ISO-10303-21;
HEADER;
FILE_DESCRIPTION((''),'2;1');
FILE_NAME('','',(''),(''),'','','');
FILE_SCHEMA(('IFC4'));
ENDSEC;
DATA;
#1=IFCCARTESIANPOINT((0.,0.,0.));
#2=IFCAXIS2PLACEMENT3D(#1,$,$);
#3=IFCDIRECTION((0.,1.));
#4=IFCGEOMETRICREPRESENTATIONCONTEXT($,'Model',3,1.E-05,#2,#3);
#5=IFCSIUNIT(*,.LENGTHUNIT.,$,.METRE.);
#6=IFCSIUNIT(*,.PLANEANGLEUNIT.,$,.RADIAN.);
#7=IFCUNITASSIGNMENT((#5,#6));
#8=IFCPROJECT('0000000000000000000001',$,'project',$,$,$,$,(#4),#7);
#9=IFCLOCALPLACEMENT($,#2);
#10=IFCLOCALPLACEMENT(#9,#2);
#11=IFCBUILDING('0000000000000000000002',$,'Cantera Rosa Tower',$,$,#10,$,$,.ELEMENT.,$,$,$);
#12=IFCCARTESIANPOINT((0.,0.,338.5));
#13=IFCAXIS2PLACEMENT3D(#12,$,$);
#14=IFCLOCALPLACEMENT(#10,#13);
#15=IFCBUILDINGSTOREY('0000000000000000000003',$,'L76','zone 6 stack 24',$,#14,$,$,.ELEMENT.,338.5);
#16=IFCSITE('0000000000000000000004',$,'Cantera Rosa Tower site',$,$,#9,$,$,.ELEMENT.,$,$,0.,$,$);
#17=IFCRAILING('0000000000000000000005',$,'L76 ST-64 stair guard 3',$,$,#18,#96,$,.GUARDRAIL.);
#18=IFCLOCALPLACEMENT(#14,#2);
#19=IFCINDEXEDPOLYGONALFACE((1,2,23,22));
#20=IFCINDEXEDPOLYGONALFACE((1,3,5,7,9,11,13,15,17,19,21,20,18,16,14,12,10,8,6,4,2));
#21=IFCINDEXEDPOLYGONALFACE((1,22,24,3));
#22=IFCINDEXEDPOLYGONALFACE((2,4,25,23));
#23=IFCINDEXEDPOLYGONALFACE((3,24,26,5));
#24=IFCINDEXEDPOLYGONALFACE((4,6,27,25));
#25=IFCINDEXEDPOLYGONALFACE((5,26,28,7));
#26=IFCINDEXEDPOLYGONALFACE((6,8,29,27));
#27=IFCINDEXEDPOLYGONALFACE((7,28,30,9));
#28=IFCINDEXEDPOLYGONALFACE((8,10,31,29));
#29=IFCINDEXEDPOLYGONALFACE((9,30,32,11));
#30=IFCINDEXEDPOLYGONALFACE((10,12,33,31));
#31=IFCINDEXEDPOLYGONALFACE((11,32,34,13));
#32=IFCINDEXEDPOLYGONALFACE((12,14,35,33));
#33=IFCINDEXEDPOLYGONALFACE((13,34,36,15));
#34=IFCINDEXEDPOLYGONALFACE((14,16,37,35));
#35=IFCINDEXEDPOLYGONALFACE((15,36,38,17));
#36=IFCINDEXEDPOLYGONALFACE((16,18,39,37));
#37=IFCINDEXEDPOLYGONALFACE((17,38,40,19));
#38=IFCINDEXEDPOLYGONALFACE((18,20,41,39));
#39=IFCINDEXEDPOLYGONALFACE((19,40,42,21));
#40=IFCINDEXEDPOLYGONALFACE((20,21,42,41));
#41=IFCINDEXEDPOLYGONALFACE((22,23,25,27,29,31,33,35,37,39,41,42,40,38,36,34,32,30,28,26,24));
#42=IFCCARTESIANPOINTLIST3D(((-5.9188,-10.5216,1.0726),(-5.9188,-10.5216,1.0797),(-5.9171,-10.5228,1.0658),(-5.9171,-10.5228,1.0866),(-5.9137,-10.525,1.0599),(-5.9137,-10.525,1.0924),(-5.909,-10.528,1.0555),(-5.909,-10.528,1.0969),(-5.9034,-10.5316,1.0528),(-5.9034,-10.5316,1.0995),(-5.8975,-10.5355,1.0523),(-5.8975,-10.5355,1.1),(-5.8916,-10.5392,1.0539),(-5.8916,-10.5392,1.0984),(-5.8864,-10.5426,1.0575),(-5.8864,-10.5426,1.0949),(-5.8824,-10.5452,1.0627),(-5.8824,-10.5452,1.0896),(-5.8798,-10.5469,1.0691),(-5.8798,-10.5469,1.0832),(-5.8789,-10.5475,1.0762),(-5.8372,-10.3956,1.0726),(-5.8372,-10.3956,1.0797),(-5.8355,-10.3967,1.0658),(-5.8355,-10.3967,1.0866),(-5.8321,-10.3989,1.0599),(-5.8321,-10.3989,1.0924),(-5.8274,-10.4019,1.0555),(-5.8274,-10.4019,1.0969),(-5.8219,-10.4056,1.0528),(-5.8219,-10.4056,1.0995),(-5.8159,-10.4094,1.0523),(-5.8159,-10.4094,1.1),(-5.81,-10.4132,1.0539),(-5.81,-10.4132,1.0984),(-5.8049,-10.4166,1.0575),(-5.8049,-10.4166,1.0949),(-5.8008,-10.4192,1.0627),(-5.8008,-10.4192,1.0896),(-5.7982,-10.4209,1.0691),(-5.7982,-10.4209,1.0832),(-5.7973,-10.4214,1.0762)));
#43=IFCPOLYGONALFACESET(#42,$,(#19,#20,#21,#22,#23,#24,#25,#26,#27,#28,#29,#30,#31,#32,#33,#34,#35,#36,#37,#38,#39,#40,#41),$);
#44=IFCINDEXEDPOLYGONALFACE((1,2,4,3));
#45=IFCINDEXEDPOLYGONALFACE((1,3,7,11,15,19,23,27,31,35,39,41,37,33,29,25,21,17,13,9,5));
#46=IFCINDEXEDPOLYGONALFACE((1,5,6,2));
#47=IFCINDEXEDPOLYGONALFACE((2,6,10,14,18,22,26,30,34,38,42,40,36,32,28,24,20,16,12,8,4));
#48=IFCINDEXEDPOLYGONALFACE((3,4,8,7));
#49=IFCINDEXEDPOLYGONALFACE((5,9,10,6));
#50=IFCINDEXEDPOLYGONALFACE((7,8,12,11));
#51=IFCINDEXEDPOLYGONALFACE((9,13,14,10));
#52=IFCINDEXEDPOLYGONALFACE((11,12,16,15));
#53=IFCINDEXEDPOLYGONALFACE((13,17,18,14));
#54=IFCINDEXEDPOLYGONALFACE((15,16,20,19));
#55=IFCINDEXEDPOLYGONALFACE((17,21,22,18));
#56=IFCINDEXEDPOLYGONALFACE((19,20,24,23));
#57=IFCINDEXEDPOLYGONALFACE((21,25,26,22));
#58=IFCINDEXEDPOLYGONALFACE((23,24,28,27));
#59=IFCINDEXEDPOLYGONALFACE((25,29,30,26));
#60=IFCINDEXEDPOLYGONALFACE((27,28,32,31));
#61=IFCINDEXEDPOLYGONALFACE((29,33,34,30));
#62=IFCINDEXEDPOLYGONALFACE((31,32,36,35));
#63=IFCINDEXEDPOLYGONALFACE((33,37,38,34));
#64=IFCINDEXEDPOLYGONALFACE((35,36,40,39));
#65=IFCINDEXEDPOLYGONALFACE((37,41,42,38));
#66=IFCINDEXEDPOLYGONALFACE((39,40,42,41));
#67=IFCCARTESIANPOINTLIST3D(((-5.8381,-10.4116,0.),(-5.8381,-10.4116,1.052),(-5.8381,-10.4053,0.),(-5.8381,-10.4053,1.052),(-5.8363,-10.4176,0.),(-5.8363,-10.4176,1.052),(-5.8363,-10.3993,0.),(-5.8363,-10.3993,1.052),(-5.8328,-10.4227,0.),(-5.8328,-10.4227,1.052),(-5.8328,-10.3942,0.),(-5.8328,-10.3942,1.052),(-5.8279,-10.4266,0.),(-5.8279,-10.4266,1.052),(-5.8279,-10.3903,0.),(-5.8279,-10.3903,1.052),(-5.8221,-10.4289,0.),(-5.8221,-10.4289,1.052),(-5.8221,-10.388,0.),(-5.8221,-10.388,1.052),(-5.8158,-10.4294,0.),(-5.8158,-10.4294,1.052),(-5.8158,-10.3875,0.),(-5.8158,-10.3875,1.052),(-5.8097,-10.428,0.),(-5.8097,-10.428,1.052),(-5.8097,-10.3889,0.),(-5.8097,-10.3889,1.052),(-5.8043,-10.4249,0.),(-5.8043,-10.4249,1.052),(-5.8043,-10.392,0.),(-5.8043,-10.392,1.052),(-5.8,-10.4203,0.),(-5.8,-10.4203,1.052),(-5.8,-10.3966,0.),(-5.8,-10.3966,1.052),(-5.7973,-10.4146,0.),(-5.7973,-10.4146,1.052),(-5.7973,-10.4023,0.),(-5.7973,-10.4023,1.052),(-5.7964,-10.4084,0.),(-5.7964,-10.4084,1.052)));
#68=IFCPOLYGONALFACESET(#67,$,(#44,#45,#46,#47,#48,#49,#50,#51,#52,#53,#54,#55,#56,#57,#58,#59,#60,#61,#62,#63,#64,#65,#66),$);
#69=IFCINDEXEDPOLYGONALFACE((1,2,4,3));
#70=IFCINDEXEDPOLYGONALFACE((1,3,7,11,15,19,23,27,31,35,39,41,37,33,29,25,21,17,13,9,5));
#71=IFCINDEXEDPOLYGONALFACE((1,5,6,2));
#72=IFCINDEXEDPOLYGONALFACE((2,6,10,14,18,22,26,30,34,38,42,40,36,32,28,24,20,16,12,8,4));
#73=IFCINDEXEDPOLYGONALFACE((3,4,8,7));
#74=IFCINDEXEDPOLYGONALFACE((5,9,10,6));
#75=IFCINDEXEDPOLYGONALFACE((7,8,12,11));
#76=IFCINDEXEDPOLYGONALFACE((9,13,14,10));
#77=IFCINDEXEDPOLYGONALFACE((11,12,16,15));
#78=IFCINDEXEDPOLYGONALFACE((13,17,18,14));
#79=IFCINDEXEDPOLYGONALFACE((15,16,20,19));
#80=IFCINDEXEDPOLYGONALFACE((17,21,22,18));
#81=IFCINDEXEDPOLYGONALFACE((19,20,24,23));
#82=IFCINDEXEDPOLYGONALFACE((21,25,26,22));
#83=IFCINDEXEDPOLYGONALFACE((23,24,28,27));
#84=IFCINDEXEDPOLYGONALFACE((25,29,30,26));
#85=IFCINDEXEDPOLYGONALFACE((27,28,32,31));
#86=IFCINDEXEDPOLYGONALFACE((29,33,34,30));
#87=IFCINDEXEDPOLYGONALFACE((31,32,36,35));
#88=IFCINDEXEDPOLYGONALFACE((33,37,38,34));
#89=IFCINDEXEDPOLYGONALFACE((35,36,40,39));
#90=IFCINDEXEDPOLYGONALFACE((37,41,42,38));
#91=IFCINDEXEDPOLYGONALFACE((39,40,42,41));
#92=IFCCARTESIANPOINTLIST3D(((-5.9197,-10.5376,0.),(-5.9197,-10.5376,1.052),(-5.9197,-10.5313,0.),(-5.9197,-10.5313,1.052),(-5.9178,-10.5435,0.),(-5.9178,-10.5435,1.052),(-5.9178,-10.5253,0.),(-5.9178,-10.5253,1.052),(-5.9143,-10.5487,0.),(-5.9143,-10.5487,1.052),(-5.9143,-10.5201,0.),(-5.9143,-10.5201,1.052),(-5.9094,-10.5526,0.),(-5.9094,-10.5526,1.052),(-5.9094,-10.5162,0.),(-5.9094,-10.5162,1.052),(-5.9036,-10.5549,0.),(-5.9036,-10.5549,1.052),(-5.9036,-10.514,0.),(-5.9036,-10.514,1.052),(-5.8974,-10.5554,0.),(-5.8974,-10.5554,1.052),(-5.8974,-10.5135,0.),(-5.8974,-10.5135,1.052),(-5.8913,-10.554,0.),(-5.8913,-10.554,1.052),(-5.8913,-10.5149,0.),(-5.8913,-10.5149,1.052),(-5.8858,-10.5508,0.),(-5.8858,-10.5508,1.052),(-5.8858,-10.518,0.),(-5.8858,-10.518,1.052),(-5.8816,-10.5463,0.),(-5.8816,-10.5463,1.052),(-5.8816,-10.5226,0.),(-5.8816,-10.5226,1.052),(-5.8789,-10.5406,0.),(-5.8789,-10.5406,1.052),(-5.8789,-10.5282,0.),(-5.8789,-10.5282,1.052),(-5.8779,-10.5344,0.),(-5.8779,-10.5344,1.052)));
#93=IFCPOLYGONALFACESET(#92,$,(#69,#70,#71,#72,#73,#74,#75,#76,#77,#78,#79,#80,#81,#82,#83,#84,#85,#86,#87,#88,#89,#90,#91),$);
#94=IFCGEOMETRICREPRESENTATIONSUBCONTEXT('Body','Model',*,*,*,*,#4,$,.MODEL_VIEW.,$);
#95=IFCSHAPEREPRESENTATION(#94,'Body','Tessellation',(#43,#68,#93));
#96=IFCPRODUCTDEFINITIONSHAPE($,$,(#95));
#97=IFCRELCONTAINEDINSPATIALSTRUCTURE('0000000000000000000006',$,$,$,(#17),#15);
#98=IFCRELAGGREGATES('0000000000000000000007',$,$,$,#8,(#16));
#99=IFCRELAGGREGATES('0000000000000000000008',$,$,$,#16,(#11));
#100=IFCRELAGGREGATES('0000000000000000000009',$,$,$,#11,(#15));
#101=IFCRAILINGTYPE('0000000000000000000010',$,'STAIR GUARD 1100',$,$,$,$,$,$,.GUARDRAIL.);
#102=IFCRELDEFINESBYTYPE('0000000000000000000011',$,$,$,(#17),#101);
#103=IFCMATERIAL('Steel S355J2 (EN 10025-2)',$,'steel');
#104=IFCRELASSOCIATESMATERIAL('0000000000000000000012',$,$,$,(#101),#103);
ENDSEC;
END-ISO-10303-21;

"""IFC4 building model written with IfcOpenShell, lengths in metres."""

from ifc_helpers import new_model, si_unit, direction, frame, origin, origin_2d, place, context, subcontext, project, spatial, circle, extrude, material, type_object, element, save


model = new_model("IFC4")

# Units and contexts
model_context = context("Model", 3, precision=1e-05, world=origin(), true_north=direction((0.0, 1.0)))
body_context = subcontext(model_context, "Body", "Model", "MODEL_VIEW")
ifc_project = project(units=[si_unit("LENGTHUNIT", "METRE"), si_unit("PLANEANGLEUNIT", "RADIAN")], contexts=[model_context])

# Site, building, storey
site_placement = place(None, origin())
site = spatial("IfcSite", under=ifc_project, at=site_placement, Name="Cantera Rosa Tower site", CompositionType="ELEMENT", RefElevation=0.0)
building_placement = place(site_placement, origin())
building = spatial("IfcBuilding", under=site, at=building_placement, Name="Cantera Rosa Tower", CompositionType="ELEMENT")
storey_placement = place(building_placement, frame((0.0, 0.0, 338.5)))
storey = spatial("IfcBuildingStorey", under=building, at=storey_placement, Name="L76", Description="zone 6 stack 24", CompositionType="ELEMENT", Elevation=338.5)

# Railing
ifc_material_1 = material(Name="Steel S355J2 (EN 10025-2)", Category="steel")
railing_type_1 = type_object("IfcRailingType", Name="STAIR GUARD 1100", PredefinedType="GUARDRAIL", material=ifc_material_1)
railing_1_placement = place(storey_placement, frame((-5.8174, -10.4084, 0.0)))
element("IfcRailing", 1, at=railing_1_placement, inside=storey, type_object=railing_type_1, Name="L76 ST-64 stair guard 3", PredefinedType="GUARDRAIL", context=body_context, shape_type="SweptSolid", body=[
    extrude(circle(Radius=0.0239, at=origin_2d()), frame((0.0, 0.0, 1.0762), z_axis=(-0.543386, -0.839483, 0.0), x_axis=(0.839483, -0.543386, 0.0)), (0.0, 0.0, 1.0), 0.1501),
    extrude(circle(Radius=0.021, at=origin_2d()), origin(), (0.0, 0.0, 1.0), 1.052),
    extrude(circle(Radius=0.021, at=origin_2d()), frame((-0.0815, -0.126, 0.0)), (0.0, 0.0, 1.0), 1.052),
])

save(model, "model.ifc")
